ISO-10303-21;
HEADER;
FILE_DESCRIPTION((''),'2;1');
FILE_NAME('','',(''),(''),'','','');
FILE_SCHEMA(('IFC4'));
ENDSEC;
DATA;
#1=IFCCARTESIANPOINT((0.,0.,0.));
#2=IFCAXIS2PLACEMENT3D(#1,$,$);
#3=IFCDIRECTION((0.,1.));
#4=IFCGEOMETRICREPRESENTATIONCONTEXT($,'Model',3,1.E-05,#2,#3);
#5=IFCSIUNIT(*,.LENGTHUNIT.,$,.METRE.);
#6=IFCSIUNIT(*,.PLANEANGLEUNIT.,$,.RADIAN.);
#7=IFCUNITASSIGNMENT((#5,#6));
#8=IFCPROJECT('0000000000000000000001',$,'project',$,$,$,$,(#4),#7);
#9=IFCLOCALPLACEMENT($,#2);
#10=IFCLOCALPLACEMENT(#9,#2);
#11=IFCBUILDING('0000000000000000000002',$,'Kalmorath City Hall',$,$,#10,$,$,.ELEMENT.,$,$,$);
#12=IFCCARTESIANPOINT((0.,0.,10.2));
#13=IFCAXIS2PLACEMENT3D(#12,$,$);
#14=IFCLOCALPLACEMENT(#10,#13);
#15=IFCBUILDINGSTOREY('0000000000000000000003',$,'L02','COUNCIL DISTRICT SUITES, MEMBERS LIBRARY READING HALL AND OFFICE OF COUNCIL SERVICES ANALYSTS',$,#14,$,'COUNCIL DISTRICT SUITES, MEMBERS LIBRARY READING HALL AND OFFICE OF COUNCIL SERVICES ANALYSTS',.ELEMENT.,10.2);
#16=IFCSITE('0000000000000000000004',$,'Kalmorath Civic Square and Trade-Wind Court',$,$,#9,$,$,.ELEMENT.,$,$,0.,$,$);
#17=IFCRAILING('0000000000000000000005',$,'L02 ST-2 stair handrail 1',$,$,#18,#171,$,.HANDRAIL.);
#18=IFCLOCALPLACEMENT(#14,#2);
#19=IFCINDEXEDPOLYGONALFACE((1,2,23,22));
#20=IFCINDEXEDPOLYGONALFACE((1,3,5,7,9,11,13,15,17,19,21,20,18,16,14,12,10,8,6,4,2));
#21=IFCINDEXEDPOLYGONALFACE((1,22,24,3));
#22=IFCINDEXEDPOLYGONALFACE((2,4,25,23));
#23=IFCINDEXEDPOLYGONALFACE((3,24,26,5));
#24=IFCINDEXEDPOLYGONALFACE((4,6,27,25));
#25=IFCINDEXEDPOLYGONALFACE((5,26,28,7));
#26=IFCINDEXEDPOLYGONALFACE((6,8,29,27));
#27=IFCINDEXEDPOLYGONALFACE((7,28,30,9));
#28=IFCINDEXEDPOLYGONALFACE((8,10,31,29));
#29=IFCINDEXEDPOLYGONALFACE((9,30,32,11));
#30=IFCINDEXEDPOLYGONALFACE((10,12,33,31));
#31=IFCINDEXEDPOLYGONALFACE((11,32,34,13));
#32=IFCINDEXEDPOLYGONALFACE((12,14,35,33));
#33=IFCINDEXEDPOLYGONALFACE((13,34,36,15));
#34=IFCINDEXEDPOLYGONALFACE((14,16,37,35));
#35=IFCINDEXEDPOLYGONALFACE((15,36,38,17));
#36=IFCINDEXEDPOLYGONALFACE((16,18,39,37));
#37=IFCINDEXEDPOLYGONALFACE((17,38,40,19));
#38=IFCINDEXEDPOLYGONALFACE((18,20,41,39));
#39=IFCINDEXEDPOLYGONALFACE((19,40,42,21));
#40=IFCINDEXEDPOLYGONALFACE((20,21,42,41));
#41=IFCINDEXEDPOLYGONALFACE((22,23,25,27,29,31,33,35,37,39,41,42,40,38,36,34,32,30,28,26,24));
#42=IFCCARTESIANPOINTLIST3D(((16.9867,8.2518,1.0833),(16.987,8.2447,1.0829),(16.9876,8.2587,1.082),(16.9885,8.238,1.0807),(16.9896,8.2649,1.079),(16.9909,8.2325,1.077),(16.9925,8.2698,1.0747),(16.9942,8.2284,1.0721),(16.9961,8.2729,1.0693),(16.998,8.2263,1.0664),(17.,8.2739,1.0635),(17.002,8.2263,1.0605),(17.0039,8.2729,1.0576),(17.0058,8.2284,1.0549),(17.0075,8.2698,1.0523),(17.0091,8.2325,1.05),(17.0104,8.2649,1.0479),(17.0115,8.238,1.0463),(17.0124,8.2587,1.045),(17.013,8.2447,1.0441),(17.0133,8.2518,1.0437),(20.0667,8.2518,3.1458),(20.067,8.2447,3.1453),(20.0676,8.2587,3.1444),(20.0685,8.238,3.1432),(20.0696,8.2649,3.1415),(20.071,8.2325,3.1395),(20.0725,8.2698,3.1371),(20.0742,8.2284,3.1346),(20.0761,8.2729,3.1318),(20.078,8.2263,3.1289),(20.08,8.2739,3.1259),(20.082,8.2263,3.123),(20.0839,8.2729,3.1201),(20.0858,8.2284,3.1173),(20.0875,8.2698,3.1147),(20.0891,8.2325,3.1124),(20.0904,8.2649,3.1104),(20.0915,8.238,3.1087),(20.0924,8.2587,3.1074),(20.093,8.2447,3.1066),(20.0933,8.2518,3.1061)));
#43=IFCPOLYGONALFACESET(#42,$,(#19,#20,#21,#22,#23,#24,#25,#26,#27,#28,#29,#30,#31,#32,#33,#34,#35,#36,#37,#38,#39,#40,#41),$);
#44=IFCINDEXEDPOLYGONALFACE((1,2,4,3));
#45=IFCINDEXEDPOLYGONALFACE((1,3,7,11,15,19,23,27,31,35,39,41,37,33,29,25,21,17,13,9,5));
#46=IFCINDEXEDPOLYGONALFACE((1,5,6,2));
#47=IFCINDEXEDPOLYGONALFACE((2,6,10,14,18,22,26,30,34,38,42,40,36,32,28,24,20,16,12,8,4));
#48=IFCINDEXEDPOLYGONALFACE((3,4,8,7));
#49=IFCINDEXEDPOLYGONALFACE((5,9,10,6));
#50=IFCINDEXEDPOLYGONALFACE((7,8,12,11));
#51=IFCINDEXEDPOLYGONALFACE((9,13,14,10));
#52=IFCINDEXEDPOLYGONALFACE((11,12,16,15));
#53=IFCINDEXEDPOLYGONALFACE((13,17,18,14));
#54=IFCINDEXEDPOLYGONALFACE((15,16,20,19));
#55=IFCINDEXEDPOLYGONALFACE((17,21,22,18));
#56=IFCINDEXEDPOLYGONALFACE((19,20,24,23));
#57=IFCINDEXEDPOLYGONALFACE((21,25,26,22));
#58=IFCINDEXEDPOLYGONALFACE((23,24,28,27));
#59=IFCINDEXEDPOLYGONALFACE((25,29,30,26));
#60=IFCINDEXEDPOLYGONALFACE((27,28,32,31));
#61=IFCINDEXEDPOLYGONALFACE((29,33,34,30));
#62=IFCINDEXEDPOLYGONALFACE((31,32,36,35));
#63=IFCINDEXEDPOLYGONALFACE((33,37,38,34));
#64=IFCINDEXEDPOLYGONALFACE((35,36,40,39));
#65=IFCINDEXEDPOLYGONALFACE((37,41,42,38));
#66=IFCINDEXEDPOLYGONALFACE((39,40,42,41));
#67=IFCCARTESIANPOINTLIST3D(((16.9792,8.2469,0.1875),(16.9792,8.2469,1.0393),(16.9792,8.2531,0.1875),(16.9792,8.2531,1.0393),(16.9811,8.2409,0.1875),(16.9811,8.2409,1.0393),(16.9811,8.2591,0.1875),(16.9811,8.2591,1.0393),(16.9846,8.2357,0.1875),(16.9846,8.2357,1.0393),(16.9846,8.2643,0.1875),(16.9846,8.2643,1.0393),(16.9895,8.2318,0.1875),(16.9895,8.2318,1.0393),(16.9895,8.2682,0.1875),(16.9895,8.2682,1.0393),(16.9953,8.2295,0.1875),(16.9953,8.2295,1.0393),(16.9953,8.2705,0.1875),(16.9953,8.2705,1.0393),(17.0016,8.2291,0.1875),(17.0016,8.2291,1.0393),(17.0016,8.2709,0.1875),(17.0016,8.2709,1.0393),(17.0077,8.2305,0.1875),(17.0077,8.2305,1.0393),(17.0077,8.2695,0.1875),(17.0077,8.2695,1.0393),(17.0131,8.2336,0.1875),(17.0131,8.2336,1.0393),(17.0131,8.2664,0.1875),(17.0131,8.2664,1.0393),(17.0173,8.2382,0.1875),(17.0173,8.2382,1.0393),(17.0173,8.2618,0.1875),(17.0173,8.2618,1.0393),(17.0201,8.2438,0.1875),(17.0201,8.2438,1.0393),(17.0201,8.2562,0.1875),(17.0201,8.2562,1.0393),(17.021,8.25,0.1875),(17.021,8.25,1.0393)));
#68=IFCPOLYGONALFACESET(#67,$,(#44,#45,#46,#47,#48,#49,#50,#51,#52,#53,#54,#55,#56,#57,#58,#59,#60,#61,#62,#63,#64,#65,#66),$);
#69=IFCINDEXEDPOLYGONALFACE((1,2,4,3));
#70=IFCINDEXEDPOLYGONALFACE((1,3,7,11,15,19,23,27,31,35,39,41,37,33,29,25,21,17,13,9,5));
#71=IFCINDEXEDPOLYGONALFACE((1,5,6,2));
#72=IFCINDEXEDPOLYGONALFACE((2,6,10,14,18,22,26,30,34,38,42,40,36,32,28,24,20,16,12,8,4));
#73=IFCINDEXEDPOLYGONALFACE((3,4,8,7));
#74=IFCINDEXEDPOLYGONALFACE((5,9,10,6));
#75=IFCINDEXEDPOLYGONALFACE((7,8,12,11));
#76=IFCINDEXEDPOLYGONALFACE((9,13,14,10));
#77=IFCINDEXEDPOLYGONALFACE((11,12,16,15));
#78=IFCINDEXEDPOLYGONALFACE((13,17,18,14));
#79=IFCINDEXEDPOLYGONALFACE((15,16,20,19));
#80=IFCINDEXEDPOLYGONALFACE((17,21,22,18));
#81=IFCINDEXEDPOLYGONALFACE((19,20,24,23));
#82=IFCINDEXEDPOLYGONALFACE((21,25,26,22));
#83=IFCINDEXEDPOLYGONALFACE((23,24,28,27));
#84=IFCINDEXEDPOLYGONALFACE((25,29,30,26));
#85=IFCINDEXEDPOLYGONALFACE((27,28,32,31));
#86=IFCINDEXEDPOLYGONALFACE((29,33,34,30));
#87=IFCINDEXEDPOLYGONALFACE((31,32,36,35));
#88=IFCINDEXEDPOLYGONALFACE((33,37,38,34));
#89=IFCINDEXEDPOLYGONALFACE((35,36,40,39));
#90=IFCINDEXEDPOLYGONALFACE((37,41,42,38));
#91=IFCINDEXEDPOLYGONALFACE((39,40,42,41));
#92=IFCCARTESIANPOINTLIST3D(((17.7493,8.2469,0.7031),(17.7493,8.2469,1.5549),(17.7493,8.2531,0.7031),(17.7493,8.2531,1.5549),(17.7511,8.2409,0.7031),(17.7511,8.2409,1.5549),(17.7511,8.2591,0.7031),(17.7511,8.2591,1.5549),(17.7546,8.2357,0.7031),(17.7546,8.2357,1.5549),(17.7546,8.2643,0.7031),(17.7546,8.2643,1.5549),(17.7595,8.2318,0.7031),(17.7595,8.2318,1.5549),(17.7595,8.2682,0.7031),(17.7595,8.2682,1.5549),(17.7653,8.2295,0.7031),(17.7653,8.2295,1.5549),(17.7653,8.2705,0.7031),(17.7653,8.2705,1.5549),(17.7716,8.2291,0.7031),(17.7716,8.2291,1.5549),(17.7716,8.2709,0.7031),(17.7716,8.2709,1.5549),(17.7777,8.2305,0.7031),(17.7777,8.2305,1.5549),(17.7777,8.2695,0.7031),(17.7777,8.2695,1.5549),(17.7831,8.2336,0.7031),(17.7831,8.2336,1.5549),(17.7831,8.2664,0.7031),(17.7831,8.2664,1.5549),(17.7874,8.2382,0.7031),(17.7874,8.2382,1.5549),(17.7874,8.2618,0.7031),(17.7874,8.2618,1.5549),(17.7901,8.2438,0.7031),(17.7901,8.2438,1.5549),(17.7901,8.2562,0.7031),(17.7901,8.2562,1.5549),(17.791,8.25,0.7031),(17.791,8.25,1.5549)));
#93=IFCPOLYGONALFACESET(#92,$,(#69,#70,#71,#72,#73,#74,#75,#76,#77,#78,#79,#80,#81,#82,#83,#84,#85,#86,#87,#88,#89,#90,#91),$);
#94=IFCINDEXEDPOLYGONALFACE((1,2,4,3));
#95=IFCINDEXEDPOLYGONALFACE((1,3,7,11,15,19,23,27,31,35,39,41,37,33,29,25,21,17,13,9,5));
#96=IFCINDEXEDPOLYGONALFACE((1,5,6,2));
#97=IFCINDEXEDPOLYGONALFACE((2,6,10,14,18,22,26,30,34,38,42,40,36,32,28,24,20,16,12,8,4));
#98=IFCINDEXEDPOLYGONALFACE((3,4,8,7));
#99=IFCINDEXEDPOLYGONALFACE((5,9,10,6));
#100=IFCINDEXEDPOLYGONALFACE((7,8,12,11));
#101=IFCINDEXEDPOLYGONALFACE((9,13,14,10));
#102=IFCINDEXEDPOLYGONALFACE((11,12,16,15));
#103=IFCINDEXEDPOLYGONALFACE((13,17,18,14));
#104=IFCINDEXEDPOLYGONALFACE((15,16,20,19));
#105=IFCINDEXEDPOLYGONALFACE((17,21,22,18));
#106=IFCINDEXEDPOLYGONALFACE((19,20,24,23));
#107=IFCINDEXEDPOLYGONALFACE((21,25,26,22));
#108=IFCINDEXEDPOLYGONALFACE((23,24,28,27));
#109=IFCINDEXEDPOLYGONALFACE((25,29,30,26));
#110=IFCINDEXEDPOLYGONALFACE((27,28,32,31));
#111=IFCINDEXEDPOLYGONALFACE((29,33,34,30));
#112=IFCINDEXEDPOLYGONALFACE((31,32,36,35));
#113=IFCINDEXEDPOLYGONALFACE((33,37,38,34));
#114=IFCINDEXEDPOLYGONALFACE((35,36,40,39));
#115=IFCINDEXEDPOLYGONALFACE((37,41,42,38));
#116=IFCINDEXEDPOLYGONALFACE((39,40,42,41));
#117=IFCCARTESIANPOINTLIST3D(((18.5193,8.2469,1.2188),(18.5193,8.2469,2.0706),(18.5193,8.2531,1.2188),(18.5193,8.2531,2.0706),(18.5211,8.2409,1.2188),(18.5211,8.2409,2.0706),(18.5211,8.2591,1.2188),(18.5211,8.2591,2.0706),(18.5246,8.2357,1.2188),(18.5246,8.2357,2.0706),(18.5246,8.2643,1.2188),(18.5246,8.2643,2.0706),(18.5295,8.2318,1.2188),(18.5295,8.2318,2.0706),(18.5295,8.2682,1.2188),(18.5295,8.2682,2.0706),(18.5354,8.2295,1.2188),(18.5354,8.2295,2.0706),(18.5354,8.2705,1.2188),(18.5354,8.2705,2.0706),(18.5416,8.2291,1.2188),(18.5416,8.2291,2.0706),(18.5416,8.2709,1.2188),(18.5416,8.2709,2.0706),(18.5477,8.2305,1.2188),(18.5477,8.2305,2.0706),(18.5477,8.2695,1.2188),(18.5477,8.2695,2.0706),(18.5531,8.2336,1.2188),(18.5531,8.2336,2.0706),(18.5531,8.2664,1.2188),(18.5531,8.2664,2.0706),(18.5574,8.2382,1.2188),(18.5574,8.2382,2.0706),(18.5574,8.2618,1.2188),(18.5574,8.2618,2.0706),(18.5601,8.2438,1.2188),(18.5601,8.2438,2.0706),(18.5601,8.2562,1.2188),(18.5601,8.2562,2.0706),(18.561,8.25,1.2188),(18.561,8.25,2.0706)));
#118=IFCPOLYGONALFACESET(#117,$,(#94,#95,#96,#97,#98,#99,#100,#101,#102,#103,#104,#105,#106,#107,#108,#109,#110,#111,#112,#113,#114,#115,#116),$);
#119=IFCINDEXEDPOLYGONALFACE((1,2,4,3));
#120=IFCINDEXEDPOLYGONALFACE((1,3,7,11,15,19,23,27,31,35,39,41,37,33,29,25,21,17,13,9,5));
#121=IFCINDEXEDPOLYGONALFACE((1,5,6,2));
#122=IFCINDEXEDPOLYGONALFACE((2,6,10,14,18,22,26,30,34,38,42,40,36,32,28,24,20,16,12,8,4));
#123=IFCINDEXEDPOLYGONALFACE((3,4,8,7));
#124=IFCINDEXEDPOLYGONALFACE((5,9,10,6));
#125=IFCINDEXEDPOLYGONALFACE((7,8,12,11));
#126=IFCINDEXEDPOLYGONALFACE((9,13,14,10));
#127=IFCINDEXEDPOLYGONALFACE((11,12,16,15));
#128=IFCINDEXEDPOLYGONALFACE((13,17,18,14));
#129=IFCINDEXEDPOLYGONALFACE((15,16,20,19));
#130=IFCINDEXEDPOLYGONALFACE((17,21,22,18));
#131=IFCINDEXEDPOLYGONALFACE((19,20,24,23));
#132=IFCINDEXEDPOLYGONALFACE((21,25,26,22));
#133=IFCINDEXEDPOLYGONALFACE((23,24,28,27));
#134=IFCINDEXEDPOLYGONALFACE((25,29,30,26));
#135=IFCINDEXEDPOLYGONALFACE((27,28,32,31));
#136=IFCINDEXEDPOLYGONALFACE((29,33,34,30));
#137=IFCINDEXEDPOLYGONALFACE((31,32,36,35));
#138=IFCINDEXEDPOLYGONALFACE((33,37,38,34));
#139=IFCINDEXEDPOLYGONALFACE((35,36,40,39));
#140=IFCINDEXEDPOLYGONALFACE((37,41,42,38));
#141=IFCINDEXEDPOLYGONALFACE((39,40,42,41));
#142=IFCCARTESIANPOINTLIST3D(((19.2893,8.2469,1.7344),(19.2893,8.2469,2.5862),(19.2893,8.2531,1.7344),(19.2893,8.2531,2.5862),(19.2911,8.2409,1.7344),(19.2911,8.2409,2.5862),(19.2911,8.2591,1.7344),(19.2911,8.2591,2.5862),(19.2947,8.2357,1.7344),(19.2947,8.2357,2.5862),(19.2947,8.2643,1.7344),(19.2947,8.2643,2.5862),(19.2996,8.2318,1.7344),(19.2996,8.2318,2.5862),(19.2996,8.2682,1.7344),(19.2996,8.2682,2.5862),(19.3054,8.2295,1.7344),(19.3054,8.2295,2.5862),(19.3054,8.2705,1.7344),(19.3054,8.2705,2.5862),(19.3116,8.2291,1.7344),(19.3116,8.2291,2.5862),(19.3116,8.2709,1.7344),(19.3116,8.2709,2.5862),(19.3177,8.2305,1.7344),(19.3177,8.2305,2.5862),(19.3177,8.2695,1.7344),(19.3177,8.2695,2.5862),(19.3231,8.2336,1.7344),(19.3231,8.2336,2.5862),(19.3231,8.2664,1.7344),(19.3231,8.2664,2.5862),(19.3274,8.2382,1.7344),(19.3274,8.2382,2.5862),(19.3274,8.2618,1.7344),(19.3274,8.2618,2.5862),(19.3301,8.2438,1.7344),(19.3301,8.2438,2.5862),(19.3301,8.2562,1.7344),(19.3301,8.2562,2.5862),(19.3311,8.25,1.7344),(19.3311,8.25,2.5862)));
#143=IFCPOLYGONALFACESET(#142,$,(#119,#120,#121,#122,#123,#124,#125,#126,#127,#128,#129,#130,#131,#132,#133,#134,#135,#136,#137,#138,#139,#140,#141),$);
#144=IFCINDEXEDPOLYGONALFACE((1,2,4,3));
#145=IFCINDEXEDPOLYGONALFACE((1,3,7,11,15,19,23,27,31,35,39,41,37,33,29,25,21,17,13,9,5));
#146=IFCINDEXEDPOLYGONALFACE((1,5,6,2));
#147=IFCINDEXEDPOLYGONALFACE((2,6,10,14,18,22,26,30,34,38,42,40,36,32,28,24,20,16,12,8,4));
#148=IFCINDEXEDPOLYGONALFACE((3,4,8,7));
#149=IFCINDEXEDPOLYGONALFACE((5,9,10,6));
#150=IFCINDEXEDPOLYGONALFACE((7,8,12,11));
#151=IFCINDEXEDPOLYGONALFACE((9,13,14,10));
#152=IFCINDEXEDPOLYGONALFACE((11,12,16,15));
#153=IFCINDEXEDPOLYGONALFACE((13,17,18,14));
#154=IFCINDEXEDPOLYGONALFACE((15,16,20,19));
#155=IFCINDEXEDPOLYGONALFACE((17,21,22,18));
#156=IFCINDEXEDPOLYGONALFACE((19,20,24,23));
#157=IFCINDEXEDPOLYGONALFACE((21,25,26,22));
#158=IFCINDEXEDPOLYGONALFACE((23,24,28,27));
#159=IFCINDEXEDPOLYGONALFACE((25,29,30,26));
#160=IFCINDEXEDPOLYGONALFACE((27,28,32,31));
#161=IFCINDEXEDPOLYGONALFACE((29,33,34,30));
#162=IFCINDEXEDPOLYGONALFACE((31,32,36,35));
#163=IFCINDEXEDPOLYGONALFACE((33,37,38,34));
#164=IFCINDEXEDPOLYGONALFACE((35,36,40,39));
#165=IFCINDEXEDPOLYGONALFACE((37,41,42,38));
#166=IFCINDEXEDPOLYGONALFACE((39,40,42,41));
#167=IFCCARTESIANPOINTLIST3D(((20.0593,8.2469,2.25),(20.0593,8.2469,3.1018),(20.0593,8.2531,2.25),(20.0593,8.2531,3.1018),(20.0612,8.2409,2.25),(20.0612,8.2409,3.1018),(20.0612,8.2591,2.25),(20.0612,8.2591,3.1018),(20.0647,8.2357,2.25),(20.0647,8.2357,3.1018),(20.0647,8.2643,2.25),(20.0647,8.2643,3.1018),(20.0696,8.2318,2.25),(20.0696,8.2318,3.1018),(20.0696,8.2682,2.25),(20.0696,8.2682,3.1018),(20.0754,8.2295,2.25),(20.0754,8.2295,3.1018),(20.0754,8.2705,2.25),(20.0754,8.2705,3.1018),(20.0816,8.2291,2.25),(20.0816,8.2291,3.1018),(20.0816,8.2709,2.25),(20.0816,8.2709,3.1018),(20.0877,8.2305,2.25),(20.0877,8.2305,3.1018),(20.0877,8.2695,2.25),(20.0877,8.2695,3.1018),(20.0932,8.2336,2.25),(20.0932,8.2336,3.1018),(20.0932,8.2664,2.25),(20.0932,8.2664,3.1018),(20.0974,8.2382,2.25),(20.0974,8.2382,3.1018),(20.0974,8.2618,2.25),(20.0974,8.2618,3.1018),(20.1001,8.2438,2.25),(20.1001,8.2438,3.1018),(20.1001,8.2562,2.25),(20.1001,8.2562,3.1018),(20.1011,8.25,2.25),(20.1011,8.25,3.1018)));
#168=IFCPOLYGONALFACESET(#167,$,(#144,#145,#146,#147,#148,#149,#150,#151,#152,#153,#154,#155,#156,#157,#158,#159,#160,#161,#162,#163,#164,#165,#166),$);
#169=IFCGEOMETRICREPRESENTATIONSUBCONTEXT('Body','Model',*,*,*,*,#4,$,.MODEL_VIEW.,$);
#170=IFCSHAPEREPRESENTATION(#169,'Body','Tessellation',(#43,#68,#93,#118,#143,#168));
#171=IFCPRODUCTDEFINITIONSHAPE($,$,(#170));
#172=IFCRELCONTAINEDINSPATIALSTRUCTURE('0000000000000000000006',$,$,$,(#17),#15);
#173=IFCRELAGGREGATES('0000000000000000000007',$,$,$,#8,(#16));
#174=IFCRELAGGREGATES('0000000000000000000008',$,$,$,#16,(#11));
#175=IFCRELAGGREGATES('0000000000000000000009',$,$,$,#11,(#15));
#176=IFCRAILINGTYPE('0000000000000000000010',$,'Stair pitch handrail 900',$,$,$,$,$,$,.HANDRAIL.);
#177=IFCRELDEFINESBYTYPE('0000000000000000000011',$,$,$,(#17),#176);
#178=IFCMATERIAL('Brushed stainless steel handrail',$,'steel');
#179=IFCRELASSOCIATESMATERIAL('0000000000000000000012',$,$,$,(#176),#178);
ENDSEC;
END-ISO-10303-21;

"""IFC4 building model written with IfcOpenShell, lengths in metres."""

from ifc_helpers import new_model, si_unit, direction, frame, origin, origin_2d, place, context, subcontext, project, spatial, circle, extrude, material, type_object, element, save


model = new_model("IFC4")

# Units and contexts
model_context = context("Model", 3, precision=1e-05, world=origin(), true_north=direction((0.0, 1.0)))
body_context = subcontext(model_context, "Body", "Model", "MODEL_VIEW")
ifc_project = project(units=[si_unit("LENGTHUNIT", "METRE"), si_unit("PLANEANGLEUNIT", "RADIAN")], contexts=[model_context])

# Site, building, storey
site_placement = place(None, origin())
site = spatial("IfcSite", under=ifc_project, at=site_placement, Name="Kalmorath Civic Square and Trade-Wind Court", CompositionType="ELEMENT", RefElevation=0.0)
building_placement = place(site_placement, origin())
building = spatial("IfcBuilding", under=site, at=building_placement, Name="Kalmorath City Hall", CompositionType="ELEMENT")
storey_placement = place(building_placement, frame((0.0, 0.0, 10.2)))
storey = spatial("IfcBuildingStorey", under=building, at=storey_placement, Name="L02", Description="COUNCIL DISTRICT SUITES, MEMBERS LIBRARY READING HALL AND OFFICE OF COUNCIL SERVICES ANALYSTS", LongName="COUNCIL DISTRICT SUITES, MEMBERS LIBRARY READING HALL AND OFFICE OF COUNCIL SERVICES ANALYSTS", CompositionType="ELEMENT", Elevation=10.2)

# Railing
ifc_material_1 = material(Name="Brushed stainless steel handrail", Category="steel")
railing_type = type_object("IfcRailingType", Name="Stair pitch handrail 900", PredefinedType="HANDRAIL", material=ifc_material_1)
railing_placement = place(storey_placement, frame((17.0, 8.25, 0.1875)))
element("IfcRailing", 1, at=railing_placement, inside=storey, type_object=railing_type, Name="L02 ST-2 stair handrail 1", PredefinedType="HANDRAIL", context=body_context, shape_type="SweptSolid", body=[
    extrude(circle(Radius=0.0239, at=origin_2d()), frame((0.0, 0.0, 0.876), z_axis=(0.830914, 0.0, 0.556401), x_axis=(0.0, 1.0, 0.0)), (0.0, 0.0, 1.0), 3.7068),
    extrude(circle(Radius=0.021, at=origin_2d()), origin(), (0.0, 0.0, 1.0), 0.8518),
    extrude(circle(Radius=0.021, at=origin_2d()), frame((0.77, 0.0, 0.5156)), (0.0, 0.0, 1.0), 0.8518),
    extrude(circle(Radius=0.021, at=origin_2d()), frame((1.54, 0.0, 1.0312)), (0.0, 0.0, 1.0), 0.8518),
    extrude(circle(Radius=0.021, at=origin_2d()), frame((2.3101, 0.0, 1.5469)), (0.0, 0.0, 1.0), 0.8518),
    extrude(circle(Radius=0.021, at=origin_2d()), frame((3.0801, 0.0, 2.0625)), (0.0, 0.0, 1.0), 0.8518),
])

save(model, "model.ifc")
